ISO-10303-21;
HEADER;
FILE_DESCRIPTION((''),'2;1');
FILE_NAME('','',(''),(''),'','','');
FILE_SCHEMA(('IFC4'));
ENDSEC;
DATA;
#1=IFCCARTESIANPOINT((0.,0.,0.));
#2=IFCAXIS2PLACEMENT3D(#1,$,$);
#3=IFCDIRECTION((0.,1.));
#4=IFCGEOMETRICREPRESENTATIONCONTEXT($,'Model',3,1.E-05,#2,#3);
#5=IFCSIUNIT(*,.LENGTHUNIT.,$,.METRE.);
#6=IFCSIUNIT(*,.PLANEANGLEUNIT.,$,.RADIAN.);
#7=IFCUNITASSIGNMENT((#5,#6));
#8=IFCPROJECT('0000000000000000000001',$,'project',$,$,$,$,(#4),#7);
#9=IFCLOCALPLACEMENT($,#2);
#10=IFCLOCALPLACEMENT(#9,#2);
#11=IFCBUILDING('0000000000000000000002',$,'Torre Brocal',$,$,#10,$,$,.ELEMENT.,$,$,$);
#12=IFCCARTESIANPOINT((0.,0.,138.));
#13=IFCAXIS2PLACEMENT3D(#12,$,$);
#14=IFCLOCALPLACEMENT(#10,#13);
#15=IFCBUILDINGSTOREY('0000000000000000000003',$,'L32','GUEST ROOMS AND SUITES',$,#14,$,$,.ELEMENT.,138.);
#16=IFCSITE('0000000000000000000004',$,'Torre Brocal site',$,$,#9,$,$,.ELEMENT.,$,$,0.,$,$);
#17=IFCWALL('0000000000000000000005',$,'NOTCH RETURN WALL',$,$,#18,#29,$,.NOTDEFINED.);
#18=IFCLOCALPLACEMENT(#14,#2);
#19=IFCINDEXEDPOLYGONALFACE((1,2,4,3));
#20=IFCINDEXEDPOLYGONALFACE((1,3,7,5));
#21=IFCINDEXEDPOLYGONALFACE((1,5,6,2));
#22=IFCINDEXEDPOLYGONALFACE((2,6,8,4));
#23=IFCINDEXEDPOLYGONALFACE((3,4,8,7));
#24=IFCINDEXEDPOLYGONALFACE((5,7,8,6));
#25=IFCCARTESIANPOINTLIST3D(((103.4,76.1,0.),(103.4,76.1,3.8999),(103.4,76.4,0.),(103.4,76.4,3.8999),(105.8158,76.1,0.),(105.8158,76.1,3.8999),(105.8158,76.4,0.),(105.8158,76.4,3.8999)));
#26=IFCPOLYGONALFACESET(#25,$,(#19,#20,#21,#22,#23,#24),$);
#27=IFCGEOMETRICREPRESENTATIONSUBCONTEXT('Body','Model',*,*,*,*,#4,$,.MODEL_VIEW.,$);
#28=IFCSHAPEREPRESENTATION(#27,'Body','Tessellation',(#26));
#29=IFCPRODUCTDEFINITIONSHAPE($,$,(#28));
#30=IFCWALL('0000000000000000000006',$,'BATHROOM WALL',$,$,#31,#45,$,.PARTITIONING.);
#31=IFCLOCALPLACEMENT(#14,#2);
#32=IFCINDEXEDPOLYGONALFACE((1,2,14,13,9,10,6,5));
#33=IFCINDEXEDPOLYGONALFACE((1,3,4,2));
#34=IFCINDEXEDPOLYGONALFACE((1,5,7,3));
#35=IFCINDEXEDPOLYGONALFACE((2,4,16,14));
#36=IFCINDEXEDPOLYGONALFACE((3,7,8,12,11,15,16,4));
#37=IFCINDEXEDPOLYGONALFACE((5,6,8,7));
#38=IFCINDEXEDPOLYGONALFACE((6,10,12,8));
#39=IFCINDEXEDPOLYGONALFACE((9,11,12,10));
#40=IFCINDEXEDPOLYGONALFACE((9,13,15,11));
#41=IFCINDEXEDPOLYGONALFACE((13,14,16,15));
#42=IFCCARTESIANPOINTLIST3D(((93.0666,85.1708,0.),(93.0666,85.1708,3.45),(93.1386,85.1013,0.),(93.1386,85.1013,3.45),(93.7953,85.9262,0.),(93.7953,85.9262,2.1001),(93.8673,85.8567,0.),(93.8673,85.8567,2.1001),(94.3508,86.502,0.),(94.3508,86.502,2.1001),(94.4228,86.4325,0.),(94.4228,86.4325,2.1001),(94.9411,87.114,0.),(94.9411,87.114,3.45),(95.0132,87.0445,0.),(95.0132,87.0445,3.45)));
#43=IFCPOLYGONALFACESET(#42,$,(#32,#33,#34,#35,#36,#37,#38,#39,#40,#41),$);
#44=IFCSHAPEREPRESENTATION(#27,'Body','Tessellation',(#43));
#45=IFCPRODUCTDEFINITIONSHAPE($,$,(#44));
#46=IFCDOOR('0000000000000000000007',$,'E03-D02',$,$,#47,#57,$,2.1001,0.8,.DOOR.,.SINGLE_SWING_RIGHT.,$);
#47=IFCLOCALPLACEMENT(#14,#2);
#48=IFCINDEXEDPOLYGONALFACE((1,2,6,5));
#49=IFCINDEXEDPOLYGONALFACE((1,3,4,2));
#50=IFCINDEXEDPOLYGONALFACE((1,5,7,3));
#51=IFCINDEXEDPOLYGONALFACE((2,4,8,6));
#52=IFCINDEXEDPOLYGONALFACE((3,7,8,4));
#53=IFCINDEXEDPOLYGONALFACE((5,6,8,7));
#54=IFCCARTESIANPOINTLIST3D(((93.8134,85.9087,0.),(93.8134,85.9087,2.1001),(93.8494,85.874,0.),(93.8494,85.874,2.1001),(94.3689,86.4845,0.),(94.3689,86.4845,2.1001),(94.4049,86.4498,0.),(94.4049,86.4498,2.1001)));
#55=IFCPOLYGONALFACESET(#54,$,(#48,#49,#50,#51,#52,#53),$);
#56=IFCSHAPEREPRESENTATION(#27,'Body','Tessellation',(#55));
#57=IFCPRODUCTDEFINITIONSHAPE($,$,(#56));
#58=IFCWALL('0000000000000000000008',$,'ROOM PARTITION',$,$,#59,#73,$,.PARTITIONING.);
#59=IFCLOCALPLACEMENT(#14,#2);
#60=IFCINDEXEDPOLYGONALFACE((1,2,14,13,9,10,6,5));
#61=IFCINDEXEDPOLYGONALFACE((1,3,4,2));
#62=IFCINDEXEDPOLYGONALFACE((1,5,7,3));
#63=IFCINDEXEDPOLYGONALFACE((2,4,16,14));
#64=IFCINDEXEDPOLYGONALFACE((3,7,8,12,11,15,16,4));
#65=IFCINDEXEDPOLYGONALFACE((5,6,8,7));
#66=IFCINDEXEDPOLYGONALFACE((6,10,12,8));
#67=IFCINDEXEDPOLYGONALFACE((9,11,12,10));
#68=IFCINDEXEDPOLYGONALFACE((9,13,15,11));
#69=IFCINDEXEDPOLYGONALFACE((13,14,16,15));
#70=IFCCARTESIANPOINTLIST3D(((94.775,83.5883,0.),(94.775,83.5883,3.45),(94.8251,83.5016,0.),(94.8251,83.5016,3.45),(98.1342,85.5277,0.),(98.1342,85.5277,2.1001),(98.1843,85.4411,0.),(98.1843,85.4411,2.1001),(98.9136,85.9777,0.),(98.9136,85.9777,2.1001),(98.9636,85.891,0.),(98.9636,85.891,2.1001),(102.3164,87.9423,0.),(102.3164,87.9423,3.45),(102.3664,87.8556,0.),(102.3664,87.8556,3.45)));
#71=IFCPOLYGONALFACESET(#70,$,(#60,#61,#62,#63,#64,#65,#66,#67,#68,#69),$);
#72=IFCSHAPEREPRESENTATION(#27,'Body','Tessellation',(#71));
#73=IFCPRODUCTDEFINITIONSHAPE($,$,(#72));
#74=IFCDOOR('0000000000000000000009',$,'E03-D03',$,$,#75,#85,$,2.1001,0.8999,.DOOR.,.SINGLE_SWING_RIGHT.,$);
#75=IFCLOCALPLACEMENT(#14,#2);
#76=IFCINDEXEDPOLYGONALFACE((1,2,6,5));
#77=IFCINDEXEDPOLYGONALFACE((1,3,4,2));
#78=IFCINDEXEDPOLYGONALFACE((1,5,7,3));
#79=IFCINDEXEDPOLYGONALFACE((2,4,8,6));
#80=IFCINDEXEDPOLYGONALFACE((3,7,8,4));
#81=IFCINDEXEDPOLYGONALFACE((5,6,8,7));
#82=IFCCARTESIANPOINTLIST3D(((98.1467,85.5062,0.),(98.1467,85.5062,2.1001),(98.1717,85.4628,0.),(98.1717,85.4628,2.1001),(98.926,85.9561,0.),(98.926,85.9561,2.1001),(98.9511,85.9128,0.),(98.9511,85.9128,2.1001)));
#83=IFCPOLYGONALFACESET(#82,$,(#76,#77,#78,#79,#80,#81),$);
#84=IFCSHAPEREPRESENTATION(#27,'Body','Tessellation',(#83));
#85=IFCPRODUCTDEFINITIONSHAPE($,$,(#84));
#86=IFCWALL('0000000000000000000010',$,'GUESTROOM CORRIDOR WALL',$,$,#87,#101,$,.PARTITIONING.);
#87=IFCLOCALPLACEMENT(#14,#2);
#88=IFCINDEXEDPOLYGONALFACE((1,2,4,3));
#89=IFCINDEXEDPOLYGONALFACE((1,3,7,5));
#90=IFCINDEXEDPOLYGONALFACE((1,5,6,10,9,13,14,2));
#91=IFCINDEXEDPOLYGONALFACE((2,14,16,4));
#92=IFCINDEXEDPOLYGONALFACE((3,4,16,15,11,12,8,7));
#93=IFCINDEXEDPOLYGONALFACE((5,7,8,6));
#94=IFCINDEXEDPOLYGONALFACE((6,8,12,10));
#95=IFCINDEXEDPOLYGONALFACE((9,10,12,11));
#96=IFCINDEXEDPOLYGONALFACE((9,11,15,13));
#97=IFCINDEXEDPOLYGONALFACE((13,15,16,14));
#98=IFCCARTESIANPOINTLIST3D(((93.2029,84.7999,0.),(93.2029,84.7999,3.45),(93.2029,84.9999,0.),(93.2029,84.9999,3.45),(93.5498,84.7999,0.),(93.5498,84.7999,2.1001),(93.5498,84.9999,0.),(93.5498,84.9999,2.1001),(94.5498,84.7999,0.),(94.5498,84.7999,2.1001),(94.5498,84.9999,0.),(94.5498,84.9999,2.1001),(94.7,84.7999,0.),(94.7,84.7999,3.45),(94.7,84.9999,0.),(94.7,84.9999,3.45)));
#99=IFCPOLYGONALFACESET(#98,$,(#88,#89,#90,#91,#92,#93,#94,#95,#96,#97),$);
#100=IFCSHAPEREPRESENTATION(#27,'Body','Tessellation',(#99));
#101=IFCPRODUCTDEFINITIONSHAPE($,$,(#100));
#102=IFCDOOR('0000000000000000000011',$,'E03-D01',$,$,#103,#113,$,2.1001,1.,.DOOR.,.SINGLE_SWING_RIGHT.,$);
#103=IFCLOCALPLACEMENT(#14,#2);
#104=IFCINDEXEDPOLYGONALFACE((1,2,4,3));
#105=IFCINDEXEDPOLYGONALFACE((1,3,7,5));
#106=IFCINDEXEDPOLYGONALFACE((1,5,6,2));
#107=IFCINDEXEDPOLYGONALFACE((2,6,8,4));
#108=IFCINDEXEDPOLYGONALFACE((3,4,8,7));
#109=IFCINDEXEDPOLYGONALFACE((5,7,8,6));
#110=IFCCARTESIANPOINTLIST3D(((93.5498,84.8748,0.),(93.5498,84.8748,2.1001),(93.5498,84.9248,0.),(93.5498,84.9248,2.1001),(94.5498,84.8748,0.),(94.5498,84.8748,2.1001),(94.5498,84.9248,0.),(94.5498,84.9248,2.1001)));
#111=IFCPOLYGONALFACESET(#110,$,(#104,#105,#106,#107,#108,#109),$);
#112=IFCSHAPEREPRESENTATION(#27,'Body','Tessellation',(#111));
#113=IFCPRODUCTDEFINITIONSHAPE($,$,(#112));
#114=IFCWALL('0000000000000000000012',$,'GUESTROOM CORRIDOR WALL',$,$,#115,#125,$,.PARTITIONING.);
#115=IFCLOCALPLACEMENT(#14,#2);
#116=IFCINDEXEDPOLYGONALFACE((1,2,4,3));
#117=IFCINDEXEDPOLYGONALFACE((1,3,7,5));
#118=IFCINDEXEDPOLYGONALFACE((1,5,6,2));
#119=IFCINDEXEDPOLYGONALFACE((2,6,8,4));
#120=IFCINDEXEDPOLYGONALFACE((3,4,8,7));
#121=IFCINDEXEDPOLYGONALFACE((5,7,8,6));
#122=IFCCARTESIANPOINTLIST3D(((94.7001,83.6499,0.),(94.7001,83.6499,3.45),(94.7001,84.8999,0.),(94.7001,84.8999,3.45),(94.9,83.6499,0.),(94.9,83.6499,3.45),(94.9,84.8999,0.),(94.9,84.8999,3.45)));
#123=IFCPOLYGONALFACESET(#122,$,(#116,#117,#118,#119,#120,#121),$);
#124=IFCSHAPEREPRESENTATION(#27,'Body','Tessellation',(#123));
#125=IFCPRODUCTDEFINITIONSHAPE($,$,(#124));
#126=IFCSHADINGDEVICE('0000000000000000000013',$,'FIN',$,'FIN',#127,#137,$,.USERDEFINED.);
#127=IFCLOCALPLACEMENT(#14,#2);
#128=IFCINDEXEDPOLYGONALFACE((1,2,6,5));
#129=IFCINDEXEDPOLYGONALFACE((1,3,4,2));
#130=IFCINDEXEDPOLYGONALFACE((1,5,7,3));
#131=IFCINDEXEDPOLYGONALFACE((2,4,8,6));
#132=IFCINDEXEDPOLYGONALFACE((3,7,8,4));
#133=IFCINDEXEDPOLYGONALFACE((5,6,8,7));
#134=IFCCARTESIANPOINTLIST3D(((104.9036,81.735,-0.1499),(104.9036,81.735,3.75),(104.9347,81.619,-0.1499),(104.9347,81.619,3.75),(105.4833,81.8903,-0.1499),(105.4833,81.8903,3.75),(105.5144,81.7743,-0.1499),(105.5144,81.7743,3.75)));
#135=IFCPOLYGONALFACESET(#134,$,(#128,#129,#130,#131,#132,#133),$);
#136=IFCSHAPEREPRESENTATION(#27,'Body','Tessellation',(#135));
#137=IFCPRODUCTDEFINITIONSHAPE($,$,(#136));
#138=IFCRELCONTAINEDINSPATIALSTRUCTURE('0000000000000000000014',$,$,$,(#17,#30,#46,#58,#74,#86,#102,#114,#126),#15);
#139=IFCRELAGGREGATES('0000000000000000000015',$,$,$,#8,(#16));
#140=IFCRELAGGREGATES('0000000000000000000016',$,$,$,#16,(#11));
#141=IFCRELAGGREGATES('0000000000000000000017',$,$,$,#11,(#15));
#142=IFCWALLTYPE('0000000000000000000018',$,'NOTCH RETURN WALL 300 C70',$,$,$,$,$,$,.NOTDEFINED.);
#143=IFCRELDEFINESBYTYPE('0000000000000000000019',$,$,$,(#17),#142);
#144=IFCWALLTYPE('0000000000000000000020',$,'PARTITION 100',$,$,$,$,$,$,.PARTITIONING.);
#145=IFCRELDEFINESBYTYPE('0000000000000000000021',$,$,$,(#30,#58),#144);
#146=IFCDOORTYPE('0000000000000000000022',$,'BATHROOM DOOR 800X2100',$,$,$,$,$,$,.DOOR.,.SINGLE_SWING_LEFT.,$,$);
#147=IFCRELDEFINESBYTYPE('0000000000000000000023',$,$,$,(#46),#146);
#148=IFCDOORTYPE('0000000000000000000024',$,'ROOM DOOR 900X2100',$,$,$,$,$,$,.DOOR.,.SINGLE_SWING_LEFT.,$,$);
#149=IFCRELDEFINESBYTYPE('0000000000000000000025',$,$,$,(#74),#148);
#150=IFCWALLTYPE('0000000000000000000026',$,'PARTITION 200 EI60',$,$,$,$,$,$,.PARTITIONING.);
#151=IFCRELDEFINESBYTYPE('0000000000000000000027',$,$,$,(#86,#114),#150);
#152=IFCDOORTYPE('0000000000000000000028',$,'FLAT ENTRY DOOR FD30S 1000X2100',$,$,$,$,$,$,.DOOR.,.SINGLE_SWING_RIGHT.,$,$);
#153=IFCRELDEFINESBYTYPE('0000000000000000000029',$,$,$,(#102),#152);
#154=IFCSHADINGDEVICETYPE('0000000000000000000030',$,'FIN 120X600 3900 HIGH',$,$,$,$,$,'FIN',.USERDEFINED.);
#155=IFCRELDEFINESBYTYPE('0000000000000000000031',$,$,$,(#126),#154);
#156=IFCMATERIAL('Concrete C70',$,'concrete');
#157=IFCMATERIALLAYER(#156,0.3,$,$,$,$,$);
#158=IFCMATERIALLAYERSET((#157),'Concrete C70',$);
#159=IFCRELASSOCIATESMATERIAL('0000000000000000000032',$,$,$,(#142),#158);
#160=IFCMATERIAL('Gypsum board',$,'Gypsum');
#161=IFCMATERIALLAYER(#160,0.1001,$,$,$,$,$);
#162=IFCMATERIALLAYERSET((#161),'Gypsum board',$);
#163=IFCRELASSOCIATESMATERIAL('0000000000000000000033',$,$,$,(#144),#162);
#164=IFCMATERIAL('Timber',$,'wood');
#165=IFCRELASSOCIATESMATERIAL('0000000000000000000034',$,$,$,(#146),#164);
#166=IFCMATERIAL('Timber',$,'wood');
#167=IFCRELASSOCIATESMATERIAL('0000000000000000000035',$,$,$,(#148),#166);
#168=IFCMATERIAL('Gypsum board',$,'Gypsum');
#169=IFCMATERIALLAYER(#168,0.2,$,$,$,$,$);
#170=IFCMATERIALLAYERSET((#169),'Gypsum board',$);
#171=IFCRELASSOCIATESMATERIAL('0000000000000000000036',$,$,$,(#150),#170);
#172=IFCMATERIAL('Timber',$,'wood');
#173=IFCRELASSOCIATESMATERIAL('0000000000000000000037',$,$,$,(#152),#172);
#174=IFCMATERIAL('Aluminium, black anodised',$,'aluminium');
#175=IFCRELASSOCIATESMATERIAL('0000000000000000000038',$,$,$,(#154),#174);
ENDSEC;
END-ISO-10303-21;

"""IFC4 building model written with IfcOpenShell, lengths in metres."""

from ifc_helpers import new_model, si_unit, direction, frame, frame_2d, origin, origin_2d, place, context, subcontext, project, spatial, rectangle, extrude, material, layer, layer_set, material_profile, profile_set, type_object, element, fill, save


model = new_model("IFC4")

# Units and contexts
model_context = context("Model", 3, precision=1e-05, world=origin(), true_north=direction((0.0, 1.0)))
body_context = subcontext(model_context, "Body", "Model", "MODEL_VIEW")
ifc_project = project(units=[si_unit("LENGTHUNIT", "METRE"), si_unit("PLANEANGLEUNIT", "RADIAN")], contexts=[model_context])

# Site, building, storey
site_placement = place(None, origin())
site = spatial("IfcSite", under=ifc_project, at=site_placement, Name="Torre Brocal site", CompositionType="ELEMENT", RefElevation=0.0)
building_placement = place(site_placement, origin())
building = spatial("IfcBuilding", under=site, at=building_placement, Name="Torre Brocal", CompositionType="ELEMENT")
storey_placement = place(building_placement, frame((0.0, 0.0, 138.0)))
storey = spatial("IfcBuildingStorey", under=building, at=storey_placement, Name="L32", Description="GUEST ROOMS AND SUITES", CompositionType="ELEMENT", Elevation=138.0)

# Wall
ifc_material_1 = material(Name="Concrete C70", Category="concrete")
ifc_layer_1 = layer(ifc_material_1, 0.3)
ifc_layer_set_1 = layer_set([ifc_layer_1], Name="Concrete C70")
wall_type_1 = type_object("IfcWallType", Name="NOTCH RETURN WALL 300 C70", PredefinedType="NOTDEFINED", material=ifc_layer_set_1)
wall_1_placement = place(storey_placement, frame((103.3999, 76.25, 0.0), z_axis=(0.0, 0.0, 1.0), x_axis=(1.0, 0.0, 0.0)))
element("IfcWall", 1, at=wall_1_placement, inside=storey, type_object=wall_type_1, Name="NOTCH RETURN WALL", PredefinedType="NOTDEFINED", context=body_context, shape_type="SweptSolid", body=[
    extrude(rectangle(XDim=2.4158, YDim=0.3, at=frame_2d((1.208, 0.0))), origin(), (0.0, 0.0, 1.0), 3.8999),
])

# Walls, openings, doors
ifc_material_2 = material(Name="Gypsum board", Category="Gypsum")
ifc_layer_2 = layer(ifc_material_2, 0.1001)
ifc_layer_set_2 = layer_set([ifc_layer_2], Name="Gypsum board")
wall_type_2 = type_object("IfcWallType", Name="PARTITION 100", PredefinedType="PARTITIONING", material=ifc_layer_set_2)
wall_2_placement = place(storey_placement, frame((93.1025, 85.136, 0.0), z_axis=(0.0, 0.0, 1.0), x_axis=(0.694288, 0.719697, 0.0)))
wall_2 = element("IfcWall", 2, at=wall_2_placement, inside=storey, type_object=wall_type_2, Name="BATHROOM WALL", PredefinedType="PARTITIONING", context=body_context, shape_type="SweptSolid", body=[
    extrude(rectangle(XDim=2.7, YDim=0.1001, at=frame_2d((1.3501, 0.0))), origin(), (0.0, 0.0, 1.0), 3.45),
])
opening_1_placement = place(wall_2_placement, frame((1.0498, 0.0, 0.0)))
opening_1 = element("IfcOpeningElement", 3, at=opening_1_placement, cuts=wall_2, PredefinedType="OPENING", context=body_context, shape_type="SweptSolid", body=[
    extrude(rectangle(XDim=0.8, YDim=2.1001, at=frame_2d((0.3999, 1.05))), frame((0.0, 0.0601, 0.0), z_axis=(0.0, -1.0, 0.0), x_axis=(1.0, 0.0, 0.0)), (0.0, 0.0, 1.0), 0.1201),
])
ifc_material_3 = material(Name="Timber", Category="wood")
door_type_1 = type_object("IfcDoorType", Name="BATHROOM DOOR 800X2100", OperationType="SINGLE_SWING_LEFT", PredefinedType="DOOR", material=ifc_material_3)
door_1_placement = place(opening_1_placement, origin())
door_1 = element("IfcDoor", 4, at=door_1_placement, inside=storey, type_object=door_type_1, Name="E03-D02", OperationType="SINGLE_SWING_RIGHT", OverallHeight=2.1001, OverallWidth=0.8, PredefinedType="DOOR", context=body_context, shape_type="SweptSolid", body=[
    extrude(rectangle(XDim=0.8, YDim=2.1001, at=frame_2d((0.3999, 1.05))), frame((0.0, 0.0249, 0.0), z_axis=(0.0, -1.0, 0.0), x_axis=(1.0, 0.0, 0.0)), (0.0, 0.0, 1.0), 0.05),
])
fill(opening_1, door_1)
wall_3_placement = place(storey_placement, frame((94.8, 83.5449, 0.0), z_axis=(0.0, 0.0, 1.0), x_axis=(0.866023, 0.500005, 0.0)))
wall_3 = element("IfcWall", 5, at=wall_3_placement, inside=storey, type_object=wall_type_2, Name="ROOM PARTITION", PredefinedType="PARTITIONING", context=body_context, shape_type="SweptSolid", body=[
    extrude(rectangle(XDim=8.708, YDim=0.1001, at=frame_2d((4.354, 0.0))), origin(), (0.0, 0.0, 1.0), 3.45),
])
opening_2_placement = place(wall_3_placement, frame((3.8789, 0.0, 0.0)))
opening_2 = element("IfcOpeningElement", 6, at=opening_2_placement, cuts=wall_3, PredefinedType="OPENING", context=body_context, shape_type="SweptSolid", body=[
    extrude(rectangle(XDim=0.8999, YDim=2.1001, at=frame_2d((0.45, 1.05))), frame((0.0, 0.0601, 0.0), z_axis=(0.0, -1.0, 0.0), x_axis=(1.0, 0.0, 0.0)), (0.0, 0.0, 1.0), 0.1201),
])
ifc_material_4 = material(Name="Timber", Category="wood")
door_type_2 = type_object("IfcDoorType", Name="ROOM DOOR 900X2100", OperationType="SINGLE_SWING_LEFT", PredefinedType="DOOR", material=ifc_material_4)
door_2_placement = place(opening_2_placement, frame((0.8999, 0.0, 0.0), z_axis=(0.0, 0.0, 1.0), x_axis=(-1.0, 0.0, 0.0)))
door_2 = element("IfcDoor", 7, at=door_2_placement, inside=storey, type_object=door_type_2, Name="E03-D03", OperationType="SINGLE_SWING_RIGHT", OverallHeight=2.1001, OverallWidth=0.8999, PredefinedType="DOOR", context=body_context, shape_type="SweptSolid", body=[
    extrude(rectangle(XDim=0.8999, YDim=2.1001, at=frame_2d((0.45, 1.05))), frame((0.0, 0.0249, 0.0), z_axis=(0.0, -1.0, 0.0), x_axis=(1.0, 0.0, 0.0)), (0.0, 0.0, 1.0), 0.05),
])
fill(opening_2, door_2)
ifc_material_5 = material(Name="Gypsum board", Category="Gypsum")
ifc_layer_3 = layer(ifc_material_5, 0.2)
ifc_layer_set_3 = layer_set([ifc_layer_3], Name="Gypsum board")
wall_type_3 = type_object("IfcWallType", Name="PARTITION 200 EI60", PredefinedType="PARTITIONING", material=ifc_layer_set_3)
wall_4_placement = place(storey_placement, frame((93.2029, 84.8999, 0.0), z_axis=(0.0, 0.0, 1.0), x_axis=(1.0, 0.0, 0.0)))
wall_4 = element("IfcWall", 8, at=wall_4_placement, inside=storey, type_object=wall_type_3, Name="GUESTROOM CORRIDOR WALL", PredefinedType="PARTITIONING", context=body_context, shape_type="SweptSolid", body=[
    extrude(rectangle(XDim=1.4971, YDim=0.2, at=frame_2d((0.7485, 0.0))), origin(), (0.0, 0.0, 1.0), 3.45),
])
opening_3_placement = place(wall_4_placement, frame((0.3469, 0.0, 0.0)))
opening_3 = element("IfcOpeningElement", 9, at=opening_3_placement, cuts=wall_4, PredefinedType="OPENING", context=body_context, shape_type="SweptSolid", body=[
    extrude(rectangle(XDim=1.0, YDim=2.1001, at=frame_2d((0.5, 1.05))), frame((0.0, 0.1099, 0.0), z_axis=(0.0, -1.0, 0.0), x_axis=(1.0, 0.0, 0.0)), (0.0, 0.0, 1.0), 0.22),
])
ifc_material_6 = material(Name="Timber", Category="wood")
door_type_3 = type_object("IfcDoorType", Name="FLAT ENTRY DOOR FD30S 1000X2100", OperationType="SINGLE_SWING_RIGHT", PredefinedType="DOOR", material=ifc_material_6)
door_3_placement = place(opening_3_placement, origin())
door_3 = element("IfcDoor", 10, at=door_3_placement, inside=storey, type_object=door_type_3, Name="E03-D01", OperationType="SINGLE_SWING_RIGHT", OverallHeight=2.1001, OverallWidth=1.0, PredefinedType="DOOR", context=body_context, shape_type="SweptSolid", body=[
    extrude(rectangle(XDim=1.0, YDim=2.1001, at=frame_2d((0.5, 1.05))), frame((0.0, 0.0249, 0.0), z_axis=(0.0, -1.0, 0.0), x_axis=(1.0, 0.0, 0.0)), (0.0, 0.0, 1.0), 0.05),
])
fill(opening_3, door_3)

# Wall
wall_5_placement = place(storey_placement, frame((94.8, 83.6499, 0.0), z_axis=(0.0, 0.0, 1.0), x_axis=(0.0, 1.0, 0.0)))
element("IfcWall", 11, at=wall_5_placement, inside=storey, type_object=wall_type_3, Name="GUESTROOM CORRIDOR WALL", PredefinedType="PARTITIONING", context=body_context, shape_type="SweptSolid", body=[
    extrude(rectangle(XDim=1.25, YDim=0.2, at=frame_2d((0.625, 0.0))), origin(), (0.0, 0.0, 1.0), 3.45),
])

# Shading device
ifc_material_7 = material(Name="Aluminium, black anodised", Category="aluminium")
ifc_material_profile_1 = material_profile(ifc_material_7, rectangle(XDim=0.1201, YDim=0.6001, at=origin_2d()), Name="FIN 120X600 3900 HIGH")
ifc_profile_set_1 = profile_set([ifc_material_profile_1], Name="Aluminium, black anodised")
shading_device_type = type_object("IfcShadingDeviceType", Name="FIN 120X600 3900 HIGH", ElementType="FIN", PredefinedType="USERDEFINED", material=ifc_profile_set_1)
shading_device_placement = place(storey_placement, frame((105.209, 81.7546, -0.1499), z_axis=(0.0, 0.0, 1.0), x_axis=(-0.258819, 0.965926, 0.0)))
element("IfcShadingDevice", 12, at=shading_device_placement, inside=storey, type_object=shading_device_type, Name="FIN", ObjectType="FIN", PredefinedType="USERDEFINED", context=body_context, shape_type="SweptSolid", body=[
    extrude(rectangle(XDim=0.1201, YDim=0.6001, at=origin_2d()), origin(), (0.0, 0.0, 1.0), 3.8999),
])

save(model, "model.ifc")
